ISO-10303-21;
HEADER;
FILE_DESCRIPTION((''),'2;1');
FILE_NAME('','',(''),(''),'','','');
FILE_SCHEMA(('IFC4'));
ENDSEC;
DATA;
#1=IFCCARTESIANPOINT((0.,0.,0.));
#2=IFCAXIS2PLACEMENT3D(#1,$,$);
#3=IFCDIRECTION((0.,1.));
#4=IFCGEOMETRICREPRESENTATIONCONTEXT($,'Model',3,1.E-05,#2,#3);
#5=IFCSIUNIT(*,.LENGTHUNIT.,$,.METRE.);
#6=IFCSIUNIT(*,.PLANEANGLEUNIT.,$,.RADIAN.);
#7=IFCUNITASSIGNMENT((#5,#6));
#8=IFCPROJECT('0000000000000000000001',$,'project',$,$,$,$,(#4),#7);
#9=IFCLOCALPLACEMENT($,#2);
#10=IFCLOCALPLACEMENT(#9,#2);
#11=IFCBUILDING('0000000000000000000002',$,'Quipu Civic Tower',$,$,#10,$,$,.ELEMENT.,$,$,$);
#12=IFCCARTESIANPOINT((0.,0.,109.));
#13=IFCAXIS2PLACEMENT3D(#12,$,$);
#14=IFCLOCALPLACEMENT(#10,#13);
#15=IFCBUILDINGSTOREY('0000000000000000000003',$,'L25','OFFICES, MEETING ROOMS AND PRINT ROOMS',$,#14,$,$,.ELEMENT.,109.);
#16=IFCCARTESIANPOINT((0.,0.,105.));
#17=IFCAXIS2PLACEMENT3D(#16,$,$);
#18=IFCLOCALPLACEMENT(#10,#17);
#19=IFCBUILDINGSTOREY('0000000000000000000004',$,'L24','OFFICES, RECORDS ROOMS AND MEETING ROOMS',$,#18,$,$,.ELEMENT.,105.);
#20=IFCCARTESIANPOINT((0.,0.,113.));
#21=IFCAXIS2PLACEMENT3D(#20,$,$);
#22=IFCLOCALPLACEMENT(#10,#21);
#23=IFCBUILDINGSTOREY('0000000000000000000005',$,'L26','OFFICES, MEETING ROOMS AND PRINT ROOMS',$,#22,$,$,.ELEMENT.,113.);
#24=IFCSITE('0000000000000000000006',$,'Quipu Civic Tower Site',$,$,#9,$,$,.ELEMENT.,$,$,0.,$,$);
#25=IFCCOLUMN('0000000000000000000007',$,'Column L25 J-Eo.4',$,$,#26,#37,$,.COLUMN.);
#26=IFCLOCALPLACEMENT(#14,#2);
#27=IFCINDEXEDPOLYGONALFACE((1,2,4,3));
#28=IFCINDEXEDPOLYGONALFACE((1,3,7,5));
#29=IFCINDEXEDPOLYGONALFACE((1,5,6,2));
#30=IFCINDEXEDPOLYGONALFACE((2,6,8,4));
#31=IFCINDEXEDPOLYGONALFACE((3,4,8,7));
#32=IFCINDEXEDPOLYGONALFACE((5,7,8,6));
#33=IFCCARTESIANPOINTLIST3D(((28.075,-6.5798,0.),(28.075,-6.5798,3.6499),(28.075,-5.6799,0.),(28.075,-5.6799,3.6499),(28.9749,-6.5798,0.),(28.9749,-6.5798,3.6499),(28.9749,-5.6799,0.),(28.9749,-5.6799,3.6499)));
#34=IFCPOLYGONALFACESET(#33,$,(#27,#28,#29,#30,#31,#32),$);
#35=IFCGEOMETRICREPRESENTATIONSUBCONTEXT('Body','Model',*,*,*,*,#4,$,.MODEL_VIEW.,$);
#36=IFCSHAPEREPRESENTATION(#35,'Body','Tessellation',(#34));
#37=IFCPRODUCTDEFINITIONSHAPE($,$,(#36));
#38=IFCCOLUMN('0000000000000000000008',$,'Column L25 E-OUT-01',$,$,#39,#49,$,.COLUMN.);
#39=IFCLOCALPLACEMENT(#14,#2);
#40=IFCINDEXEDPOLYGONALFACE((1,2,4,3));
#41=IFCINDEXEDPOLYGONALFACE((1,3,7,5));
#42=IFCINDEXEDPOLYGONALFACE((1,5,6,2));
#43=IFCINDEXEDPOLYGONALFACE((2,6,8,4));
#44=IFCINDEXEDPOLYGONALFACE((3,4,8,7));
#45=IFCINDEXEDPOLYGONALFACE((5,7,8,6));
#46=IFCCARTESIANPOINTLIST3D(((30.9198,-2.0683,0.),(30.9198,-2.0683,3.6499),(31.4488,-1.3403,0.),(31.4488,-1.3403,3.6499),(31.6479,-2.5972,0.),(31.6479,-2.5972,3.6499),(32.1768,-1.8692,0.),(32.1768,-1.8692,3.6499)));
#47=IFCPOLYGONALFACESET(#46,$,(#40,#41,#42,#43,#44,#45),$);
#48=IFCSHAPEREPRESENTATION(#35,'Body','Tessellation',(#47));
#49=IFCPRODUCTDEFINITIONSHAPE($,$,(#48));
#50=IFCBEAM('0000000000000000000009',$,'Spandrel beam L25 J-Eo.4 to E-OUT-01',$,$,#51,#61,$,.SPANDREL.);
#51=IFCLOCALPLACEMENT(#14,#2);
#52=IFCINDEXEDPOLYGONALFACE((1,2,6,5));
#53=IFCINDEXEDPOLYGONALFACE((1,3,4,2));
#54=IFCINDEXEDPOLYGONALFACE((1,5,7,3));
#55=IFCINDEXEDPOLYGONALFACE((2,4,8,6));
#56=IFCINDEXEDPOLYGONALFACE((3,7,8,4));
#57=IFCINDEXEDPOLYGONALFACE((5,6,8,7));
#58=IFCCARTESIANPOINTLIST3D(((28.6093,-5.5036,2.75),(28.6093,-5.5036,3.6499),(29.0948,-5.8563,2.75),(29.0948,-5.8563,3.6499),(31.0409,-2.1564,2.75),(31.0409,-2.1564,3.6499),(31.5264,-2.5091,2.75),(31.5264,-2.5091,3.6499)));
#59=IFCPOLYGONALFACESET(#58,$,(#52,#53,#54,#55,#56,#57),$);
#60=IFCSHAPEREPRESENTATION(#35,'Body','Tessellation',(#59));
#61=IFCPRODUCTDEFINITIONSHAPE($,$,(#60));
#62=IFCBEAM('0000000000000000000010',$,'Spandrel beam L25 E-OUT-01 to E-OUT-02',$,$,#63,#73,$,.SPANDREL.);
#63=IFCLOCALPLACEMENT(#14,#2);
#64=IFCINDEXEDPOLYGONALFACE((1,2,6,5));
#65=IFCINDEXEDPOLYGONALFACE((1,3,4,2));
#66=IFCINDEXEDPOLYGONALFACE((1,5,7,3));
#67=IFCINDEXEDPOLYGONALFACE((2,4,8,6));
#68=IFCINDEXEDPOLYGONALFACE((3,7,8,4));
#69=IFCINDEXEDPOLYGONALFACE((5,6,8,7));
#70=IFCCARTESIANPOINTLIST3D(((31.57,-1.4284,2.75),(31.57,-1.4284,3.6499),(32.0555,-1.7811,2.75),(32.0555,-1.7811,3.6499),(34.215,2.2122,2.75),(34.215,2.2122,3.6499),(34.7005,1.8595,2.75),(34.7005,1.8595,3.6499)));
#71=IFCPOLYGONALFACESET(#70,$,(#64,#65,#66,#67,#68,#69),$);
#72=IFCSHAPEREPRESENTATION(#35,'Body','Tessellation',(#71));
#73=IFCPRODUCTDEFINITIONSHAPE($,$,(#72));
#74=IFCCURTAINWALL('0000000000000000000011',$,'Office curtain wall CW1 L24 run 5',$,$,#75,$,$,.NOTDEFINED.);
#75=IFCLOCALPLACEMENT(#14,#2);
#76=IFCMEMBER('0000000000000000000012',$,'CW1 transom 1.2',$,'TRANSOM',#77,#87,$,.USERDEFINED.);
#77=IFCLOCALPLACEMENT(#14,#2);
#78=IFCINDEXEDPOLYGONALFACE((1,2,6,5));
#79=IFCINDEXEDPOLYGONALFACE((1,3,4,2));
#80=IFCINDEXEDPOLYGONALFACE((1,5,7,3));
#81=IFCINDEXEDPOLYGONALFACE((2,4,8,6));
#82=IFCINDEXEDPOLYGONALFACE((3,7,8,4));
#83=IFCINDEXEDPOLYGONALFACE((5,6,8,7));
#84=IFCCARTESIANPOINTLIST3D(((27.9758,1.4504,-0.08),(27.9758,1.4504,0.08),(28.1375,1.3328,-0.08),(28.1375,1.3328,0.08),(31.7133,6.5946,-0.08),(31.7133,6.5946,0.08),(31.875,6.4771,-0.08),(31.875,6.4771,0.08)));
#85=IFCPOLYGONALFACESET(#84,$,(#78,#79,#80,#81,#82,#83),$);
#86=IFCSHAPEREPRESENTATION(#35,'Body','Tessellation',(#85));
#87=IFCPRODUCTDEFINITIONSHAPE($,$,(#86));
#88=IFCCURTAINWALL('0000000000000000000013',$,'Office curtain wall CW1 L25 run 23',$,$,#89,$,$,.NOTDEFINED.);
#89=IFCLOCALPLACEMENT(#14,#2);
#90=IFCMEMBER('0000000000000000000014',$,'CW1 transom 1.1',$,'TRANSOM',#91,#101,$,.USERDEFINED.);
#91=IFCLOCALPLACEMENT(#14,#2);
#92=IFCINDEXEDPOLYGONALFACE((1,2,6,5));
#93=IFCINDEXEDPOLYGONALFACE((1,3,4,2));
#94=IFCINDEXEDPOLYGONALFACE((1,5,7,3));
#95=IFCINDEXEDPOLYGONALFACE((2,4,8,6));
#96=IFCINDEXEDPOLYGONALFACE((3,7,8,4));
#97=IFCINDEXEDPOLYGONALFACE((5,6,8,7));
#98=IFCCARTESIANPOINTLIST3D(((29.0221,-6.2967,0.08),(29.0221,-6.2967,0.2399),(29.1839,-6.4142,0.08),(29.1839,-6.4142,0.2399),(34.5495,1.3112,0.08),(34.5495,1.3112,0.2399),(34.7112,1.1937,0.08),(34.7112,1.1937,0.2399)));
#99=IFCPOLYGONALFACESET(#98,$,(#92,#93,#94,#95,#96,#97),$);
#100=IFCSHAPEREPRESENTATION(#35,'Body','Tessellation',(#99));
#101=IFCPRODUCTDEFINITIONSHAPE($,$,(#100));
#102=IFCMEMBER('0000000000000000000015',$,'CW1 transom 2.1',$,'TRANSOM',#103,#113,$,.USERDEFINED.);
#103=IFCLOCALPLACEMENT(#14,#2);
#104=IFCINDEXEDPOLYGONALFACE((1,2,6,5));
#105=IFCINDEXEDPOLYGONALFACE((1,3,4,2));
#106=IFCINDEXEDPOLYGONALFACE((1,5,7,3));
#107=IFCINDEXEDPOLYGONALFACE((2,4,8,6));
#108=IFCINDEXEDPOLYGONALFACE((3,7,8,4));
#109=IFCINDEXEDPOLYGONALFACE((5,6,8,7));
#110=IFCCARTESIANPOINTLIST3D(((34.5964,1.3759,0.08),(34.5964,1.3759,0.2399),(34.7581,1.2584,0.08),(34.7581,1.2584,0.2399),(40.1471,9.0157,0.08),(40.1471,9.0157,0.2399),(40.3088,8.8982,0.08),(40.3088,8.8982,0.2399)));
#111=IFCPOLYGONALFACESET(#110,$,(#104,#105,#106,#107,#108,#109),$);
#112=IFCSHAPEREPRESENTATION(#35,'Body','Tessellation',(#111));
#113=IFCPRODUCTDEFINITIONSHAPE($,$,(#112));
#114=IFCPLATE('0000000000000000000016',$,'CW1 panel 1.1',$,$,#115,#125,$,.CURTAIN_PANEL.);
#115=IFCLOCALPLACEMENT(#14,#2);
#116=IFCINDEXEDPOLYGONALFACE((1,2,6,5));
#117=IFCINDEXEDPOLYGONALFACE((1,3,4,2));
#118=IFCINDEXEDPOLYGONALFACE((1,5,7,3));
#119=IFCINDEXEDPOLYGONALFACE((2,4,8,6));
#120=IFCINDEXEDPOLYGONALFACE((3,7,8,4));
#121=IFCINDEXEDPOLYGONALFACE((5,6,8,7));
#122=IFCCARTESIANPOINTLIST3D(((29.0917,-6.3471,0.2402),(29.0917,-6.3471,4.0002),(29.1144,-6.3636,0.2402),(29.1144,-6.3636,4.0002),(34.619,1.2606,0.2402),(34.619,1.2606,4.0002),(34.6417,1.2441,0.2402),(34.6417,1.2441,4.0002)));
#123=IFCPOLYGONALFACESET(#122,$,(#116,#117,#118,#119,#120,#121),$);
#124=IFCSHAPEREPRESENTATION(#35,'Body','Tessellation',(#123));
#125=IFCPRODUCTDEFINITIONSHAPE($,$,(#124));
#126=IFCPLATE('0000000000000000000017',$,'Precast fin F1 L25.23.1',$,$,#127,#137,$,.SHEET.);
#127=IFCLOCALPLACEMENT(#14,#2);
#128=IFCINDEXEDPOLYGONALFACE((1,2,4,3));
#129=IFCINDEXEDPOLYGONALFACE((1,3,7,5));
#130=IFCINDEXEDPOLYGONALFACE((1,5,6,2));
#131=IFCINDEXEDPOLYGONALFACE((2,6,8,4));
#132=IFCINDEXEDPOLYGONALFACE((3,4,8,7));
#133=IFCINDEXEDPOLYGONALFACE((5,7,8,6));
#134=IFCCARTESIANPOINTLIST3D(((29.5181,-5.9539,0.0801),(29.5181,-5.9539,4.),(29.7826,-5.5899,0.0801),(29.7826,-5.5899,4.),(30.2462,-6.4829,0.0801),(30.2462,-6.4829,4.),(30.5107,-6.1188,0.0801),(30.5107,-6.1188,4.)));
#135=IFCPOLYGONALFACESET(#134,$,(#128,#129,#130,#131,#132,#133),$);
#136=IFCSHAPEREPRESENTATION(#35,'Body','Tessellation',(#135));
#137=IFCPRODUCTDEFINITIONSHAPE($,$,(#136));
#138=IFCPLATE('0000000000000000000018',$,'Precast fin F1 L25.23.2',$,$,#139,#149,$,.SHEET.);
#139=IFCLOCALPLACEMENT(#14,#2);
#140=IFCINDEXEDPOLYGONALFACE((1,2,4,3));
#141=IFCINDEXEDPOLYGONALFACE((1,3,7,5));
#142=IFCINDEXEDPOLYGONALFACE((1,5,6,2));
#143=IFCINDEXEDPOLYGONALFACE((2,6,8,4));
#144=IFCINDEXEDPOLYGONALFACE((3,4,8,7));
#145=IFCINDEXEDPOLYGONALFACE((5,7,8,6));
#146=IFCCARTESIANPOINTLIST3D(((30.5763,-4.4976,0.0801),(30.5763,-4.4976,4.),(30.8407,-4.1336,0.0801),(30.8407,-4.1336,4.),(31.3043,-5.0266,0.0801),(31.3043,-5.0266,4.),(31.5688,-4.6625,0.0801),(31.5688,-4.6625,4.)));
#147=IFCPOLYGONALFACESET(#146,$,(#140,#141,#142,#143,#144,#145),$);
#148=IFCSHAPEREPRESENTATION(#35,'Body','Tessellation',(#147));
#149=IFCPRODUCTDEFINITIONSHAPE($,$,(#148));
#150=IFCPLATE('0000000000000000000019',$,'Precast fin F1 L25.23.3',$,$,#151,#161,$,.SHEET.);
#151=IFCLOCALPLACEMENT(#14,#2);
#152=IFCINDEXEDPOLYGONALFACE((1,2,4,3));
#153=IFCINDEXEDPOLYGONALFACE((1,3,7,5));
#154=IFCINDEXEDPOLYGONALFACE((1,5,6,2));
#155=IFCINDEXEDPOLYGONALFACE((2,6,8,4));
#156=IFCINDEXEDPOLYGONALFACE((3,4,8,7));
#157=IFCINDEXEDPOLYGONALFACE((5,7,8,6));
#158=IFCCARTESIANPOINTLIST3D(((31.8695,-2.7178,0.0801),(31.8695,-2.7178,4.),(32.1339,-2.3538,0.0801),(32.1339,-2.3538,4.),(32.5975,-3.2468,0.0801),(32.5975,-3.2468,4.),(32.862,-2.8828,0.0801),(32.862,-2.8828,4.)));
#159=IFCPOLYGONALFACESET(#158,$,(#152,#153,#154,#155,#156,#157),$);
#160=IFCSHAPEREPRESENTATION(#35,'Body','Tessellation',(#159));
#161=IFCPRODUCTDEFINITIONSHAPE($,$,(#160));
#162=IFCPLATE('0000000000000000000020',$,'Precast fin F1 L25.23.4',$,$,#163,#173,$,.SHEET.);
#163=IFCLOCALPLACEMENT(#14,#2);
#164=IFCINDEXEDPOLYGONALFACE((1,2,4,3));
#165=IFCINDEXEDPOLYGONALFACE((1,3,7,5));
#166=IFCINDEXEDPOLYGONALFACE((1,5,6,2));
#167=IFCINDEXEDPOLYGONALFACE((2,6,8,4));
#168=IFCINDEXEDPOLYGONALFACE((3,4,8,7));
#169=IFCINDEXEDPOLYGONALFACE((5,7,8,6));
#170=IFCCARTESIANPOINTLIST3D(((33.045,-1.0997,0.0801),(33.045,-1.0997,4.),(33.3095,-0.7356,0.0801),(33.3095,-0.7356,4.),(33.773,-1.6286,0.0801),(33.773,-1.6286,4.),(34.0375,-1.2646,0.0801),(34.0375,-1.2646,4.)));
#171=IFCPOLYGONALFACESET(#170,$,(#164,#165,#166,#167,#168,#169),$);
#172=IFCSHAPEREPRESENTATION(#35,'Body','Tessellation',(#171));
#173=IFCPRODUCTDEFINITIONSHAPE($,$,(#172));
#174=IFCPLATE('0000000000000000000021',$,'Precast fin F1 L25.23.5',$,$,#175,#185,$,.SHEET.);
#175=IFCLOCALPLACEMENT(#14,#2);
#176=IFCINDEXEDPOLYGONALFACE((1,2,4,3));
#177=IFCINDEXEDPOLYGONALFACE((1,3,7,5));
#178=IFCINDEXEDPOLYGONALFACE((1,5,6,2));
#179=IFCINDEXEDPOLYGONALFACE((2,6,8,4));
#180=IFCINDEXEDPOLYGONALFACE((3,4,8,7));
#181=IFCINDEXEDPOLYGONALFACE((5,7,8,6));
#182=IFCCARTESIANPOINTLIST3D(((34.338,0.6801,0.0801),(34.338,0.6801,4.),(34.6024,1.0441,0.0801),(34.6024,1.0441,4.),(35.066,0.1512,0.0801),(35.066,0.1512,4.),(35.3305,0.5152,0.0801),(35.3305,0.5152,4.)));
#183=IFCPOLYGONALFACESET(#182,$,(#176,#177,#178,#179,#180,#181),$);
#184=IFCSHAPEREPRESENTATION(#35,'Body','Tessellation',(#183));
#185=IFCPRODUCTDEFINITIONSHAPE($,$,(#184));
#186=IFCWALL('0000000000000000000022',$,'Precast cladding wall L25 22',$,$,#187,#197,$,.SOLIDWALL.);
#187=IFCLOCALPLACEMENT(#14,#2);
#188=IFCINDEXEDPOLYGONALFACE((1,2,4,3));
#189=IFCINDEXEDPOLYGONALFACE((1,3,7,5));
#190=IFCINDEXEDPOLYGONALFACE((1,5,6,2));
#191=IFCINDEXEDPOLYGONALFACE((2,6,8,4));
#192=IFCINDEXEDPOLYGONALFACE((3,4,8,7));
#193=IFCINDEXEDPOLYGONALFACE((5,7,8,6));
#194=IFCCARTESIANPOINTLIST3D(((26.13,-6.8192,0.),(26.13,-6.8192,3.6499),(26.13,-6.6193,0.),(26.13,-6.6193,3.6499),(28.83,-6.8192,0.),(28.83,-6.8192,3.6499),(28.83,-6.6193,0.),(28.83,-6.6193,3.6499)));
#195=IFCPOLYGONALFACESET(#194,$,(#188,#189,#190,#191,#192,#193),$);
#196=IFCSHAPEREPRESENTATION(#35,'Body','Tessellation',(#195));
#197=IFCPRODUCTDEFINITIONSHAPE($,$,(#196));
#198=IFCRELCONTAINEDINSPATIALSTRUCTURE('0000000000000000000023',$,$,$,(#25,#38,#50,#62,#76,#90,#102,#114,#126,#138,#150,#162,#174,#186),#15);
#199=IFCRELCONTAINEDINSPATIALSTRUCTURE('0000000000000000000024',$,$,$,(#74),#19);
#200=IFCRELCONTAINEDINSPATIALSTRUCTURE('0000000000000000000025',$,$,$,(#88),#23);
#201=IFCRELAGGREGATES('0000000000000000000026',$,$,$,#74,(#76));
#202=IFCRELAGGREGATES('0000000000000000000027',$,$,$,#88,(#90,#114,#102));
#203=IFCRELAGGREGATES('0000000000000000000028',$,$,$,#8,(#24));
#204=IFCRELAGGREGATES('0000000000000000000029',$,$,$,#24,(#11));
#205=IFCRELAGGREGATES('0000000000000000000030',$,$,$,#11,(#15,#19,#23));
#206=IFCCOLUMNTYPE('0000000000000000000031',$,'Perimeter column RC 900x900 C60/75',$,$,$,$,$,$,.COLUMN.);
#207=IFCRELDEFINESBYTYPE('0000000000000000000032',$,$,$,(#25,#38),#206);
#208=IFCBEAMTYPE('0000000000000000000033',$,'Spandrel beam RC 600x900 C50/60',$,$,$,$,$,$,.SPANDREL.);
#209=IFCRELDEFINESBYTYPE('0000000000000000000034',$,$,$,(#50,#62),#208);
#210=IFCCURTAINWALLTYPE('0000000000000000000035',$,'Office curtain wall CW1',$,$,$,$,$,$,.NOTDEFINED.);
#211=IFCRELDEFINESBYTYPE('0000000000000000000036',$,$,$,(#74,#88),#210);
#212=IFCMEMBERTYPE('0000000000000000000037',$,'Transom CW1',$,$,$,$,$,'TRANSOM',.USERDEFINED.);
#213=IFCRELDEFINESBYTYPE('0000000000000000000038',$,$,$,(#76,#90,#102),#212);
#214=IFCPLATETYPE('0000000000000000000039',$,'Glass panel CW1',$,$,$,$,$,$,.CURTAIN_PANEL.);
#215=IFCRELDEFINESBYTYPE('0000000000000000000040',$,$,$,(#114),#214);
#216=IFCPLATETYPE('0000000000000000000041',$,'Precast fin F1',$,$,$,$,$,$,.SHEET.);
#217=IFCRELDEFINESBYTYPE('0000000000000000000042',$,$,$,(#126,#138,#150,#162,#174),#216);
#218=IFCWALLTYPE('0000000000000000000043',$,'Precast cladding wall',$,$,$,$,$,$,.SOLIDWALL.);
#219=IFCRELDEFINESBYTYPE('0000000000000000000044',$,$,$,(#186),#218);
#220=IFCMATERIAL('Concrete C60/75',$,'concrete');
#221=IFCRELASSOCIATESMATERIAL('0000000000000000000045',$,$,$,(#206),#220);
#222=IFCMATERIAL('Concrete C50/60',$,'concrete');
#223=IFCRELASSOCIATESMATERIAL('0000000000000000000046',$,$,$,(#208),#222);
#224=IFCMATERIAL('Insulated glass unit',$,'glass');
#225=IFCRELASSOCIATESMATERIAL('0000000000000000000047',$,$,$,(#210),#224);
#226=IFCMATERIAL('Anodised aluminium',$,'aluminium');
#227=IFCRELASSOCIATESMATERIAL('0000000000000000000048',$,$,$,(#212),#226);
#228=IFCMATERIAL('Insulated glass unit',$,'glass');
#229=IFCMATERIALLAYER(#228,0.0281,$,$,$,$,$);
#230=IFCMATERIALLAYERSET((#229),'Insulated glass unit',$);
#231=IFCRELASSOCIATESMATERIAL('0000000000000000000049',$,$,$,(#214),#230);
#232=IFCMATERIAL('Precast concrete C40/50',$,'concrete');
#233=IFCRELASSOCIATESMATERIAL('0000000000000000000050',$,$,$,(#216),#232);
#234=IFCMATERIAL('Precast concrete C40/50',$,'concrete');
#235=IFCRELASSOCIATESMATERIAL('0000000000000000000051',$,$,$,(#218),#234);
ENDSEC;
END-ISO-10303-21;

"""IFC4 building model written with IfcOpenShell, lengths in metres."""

from ifc_helpers import new_model, si_unit, direction, frame, frame_2d, origin, origin_2d, place, context, subcontext, project, spatial, rectangle, extrude, material, layer, layer_set, material_profile, profile_set, type_object, element, aggregate, save


model = new_model("IFC4")

# Units and contexts
model_context = context("Model", 3, precision=1e-05, world=origin(), true_north=direction((0.0, 1.0)))
body_context = subcontext(model_context, "Body", "Model", "MODEL_VIEW")
ifc_project = project(units=[si_unit("LENGTHUNIT", "METRE"), si_unit("PLANEANGLEUNIT", "RADIAN")], contexts=[model_context])

# Site, building, storey
site_placement = place(None, origin())
site = spatial("IfcSite", under=ifc_project, at=site_placement, Name="Quipu Civic Tower Site", CompositionType="ELEMENT", RefElevation=0.0)
building_placement = place(site_placement, origin())
building = spatial("IfcBuilding", under=site, at=building_placement, Name="Quipu Civic Tower", CompositionType="ELEMENT")
storey_1_placement = place(building_placement, frame((0.0, 0.0, 109.0)))
storey_1 = spatial("IfcBuildingStorey", under=building, at=storey_1_placement, Name="L25", Description="OFFICES, MEETING ROOMS AND PRINT ROOMS", CompositionType="ELEMENT", Elevation=109.0)

# Columns
ifc_material_1 = material(Name="Concrete C60/75", Category="concrete")
ifc_material_profile_1 = material_profile(ifc_material_1, rectangle(XDim=0.8999, YDim=0.8999, at=origin_2d()), Name="RC900x900")
ifc_profile_set_1 = profile_set([ifc_material_profile_1], Name="Concrete C60/75")
column_type = type_object("IfcColumnType", Name="Perimeter column RC 900x900 C60/75", PredefinedType="COLUMN", material=ifc_profile_set_1)
for number, where, z_axis, x_axis, name in (
    (1, (28.5249, -6.1299, 0.0), (0.0, 0.0, 1.0), (1.0, 0.0, 0.0), "Column L25 J-Eo.4"),
    (2, (31.5483, -1.9688, 0.0), (0.0, 0.0, 1.0), (0.587785, 0.809017, 0.0), "Column L25 E-OUT-01"),
):
    element("IfcColumn", number, at=place(storey_1_placement, frame(where, z_axis=z_axis, x_axis=x_axis)), inside=storey_1, type_object=column_type, Name=name, PredefinedType="COLUMN", context=body_context, shape_type="SweptSolid", body=[
        extrude(rectangle(XDim=0.8999, YDim=0.8999, at=origin_2d()), origin(), (0.0, 0.0, 1.0), 3.6499),
    ])

# Beams
ifc_material_2 = material(Name="Concrete C50/60", Category="concrete")
ifc_material_profile_2 = material_profile(ifc_material_2, rectangle(XDim=0.6001, YDim=0.8999, at=origin_2d()), Name="RC600x900")
ifc_profile_set_2 = profile_set([ifc_material_profile_2], Name="Concrete C50/60")
beam_type = type_object("IfcBeamType", Name="Spandrel beam RC 600x900 C50/60", PredefinedType="SPANDREL", material=ifc_profile_set_2)
beam_1_placement = place(storey_1_placement, frame((28.8521, -5.6799, 3.2), z_axis=(0.587751, 0.809042, 0.0), x_axis=(-0.809042, 0.587751, 0.0)))
element("IfcBeam", 3, at=beam_1_placement, inside=storey_1, type_object=beam_type, Name="Spandrel beam L25 J-Eo.4 to E-OUT-01", PredefinedType="SPANDREL", context=body_context, shape_type="SweptSolid", body=[
    extrude(rectangle(XDim=0.6001, YDim=0.8999, at=origin_2d()), origin(), (0.0, 0.0, 1.0), 4.1372),
])
beam_2_placement = place(storey_1_placement, frame((31.8127, -1.6047, 3.2), z_axis=(0.587778, 0.809022, 0.0), x_axis=(-0.809022, 0.587778, 0.0)))
element("IfcBeam", 4, at=beam_2_placement, inside=storey_1, type_object=beam_type, Name="Spandrel beam L25 E-OUT-01 to E-OUT-02", PredefinedType="SPANDREL", context=body_context, shape_type="SweptSolid", body=[
    extrude(rectangle(XDim=0.6001, YDim=0.8999, at=origin_2d()), origin(), (0.0, 0.0, 1.0), 4.5),
])

# Shared definitions
storey_2_placement = place(building_placement, frame((0.0, 0.0, 105.0)))
storey_2 = spatial("IfcBuildingStorey", under=building, at=storey_2_placement, Name="L24", Description="OFFICES, RECORDS ROOMS AND MEETING ROOMS", CompositionType="ELEMENT", Elevation=105.0)

# Curtain wall, member
ifc_material_3 = material(Name="Insulated glass unit", Category="glass")
curtain_wall_type = type_object("IfcCurtainWallType", Name="Office curtain wall CW1", PredefinedType="NOTDEFINED", material=ifc_material_3)
curtain_wall_1_placement = place(storey_2_placement, origin())
curtain_wall_1 = element("IfcCurtainWall", 5, at=curtain_wall_1_placement, inside=storey_2, type_object=curtain_wall_type, Name="Office curtain wall CW1 L24 run 5", PredefinedType="NOTDEFINED")
ifc_material_4 = material(Name="Anodised aluminium", Category="aluminium")
ifc_material_profile_3 = material_profile(ifc_material_4, rectangle(XDim=0.2, YDim=0.1599, at=origin_2d()), Name="RECT 200x160")
ifc_profile_set_3 = profile_set([ifc_material_profile_3], Name="Anodised aluminium")
member_type = type_object("IfcMemberType", Name="Transom CW1", ElementType="TRANSOM", PredefinedType="USERDEFINED", material=ifc_profile_set_3)
member_1_placement = place(storey_1_placement, frame((28.0566, 1.3916, 0.0), z_axis=(0.587786, 0.809017, 0.0), x_axis=(-0.809017, 0.587786, 0.0)))
member_1 = element("IfcMember", 6, at=member_1_placement, inside=storey_1, type_object=member_type, Name="CW1 transom 1.2", ObjectType="TRANSOM", PredefinedType="USERDEFINED", context=body_context, shape_type="SweptSolid", body=[
    extrude(rectangle(XDim=0.2, YDim=0.1599, at=origin_2d()), origin(), (0.0, 0.0, 1.0), 6.3586),
])
aggregate(curtain_wall_1, [member_1])

# Shared definitions
storey_3_placement = place(building_placement, frame((0.0, 0.0, 113.0)))
storey_3 = spatial("IfcBuildingStorey", under=building, at=storey_3_placement, Name="L26", Description="OFFICES, MEETING ROOMS AND PRINT ROOMS", CompositionType="ELEMENT", Elevation=113.0)

# Curtain wall, members, plate
curtain_wall_2_placement = place(storey_3_placement, origin())
curtain_wall_2 = element("IfcCurtainWall", 7, at=curtain_wall_2_placement, inside=storey_3, type_object=curtain_wall_type, Name="Office curtain wall CW1 L25 run 23", PredefinedType="NOTDEFINED")
member_2_placement = place(storey_1_placement, frame((29.103, -6.3555, 0.1599), z_axis=(0.587776, 0.809023, 0.0), x_axis=(-0.809023, 0.587776, 0.0)))
member_2 = element("IfcMember", 8, at=member_2_placement, inside=storey_1, type_object=member_type, Name="CW1 transom 1.1", ObjectType="TRANSOM", PredefinedType="USERDEFINED", context=body_context, shape_type="SweptSolid", body=[
    extrude(rectangle(XDim=0.2, YDim=0.1599, at=origin_2d()), origin(), (0.0, 0.0, 1.0), 9.4038),
])
member_3_placement = place(storey_1_placement, frame((34.6772, 1.3171, 0.1599), z_axis=(0.58779, 0.809013, 0.0), x_axis=(-0.809013, 0.58779, 0.0)))
member_3 = element("IfcMember", 9, at=member_3_placement, inside=storey_1, type_object=member_type, Name="CW1 transom 2.1", ObjectType="TRANSOM", PredefinedType="USERDEFINED", context=body_context, shape_type="SweptSolid", body=[
    extrude(rectangle(XDim=0.2, YDim=0.1599, at=origin_2d()), origin(), (0.0, 0.0, 1.0), 9.4434),
])
ifc_material_5 = material(Name="Insulated glass unit", Category="glass")
ifc_layer = layer(ifc_material_5, 0.0281)
ifc_layer_set = layer_set([ifc_layer], Name="Insulated glass unit")
plate_type_1 = type_object("IfcPlateType", Name="Glass panel CW1", PredefinedType="CURTAIN_PANEL", material=ifc_layer_set)
plate_placement = place(storey_1_placement, frame((31.8667, -2.5515, 0.2402), z_axis=(0.0, 0.0, 1.0), x_axis=(0.587785, 0.809017, 0.0)))
plate = element("IfcPlate", 10, at=plate_placement, inside=storey_1, type_object=plate_type_1, Name="CW1 panel 1.1", PredefinedType="CURTAIN_PANEL", context=body_context, shape_type="SweptSolid", body=[
    extrude(rectangle(XDim=9.4036, YDim=0.0281, at=origin_2d()), origin(), (0.0, 0.0, 1.0), 3.76),
])
aggregate(curtain_wall_2, [member_2, plate, member_3])

# Plates
ifc_material_6 = material(Name="Precast concrete C40/50", Category="concrete")
plate_type_2 = type_object("IfcPlateType", Name="Precast fin F1", PredefinedType="SHEET", material=ifc_material_6)
for number, where, z_axis, x_axis, name in (
    (11, (30.0144, -6.0364, 0.0801), (0.0, 0.0, 1.0), (0.587786, 0.809017, 0.0), "Precast fin F1 L25.23.1"),
    (12, (31.0725, -4.5801, 0.0801), (0.0, 0.0, 1.0), (0.587786, 0.809017, 0.0), "Precast fin F1 L25.23.2"),
    (13, (32.3657, -2.8003, 0.0801), (0.0, 0.0, 1.0), (0.587786, 0.809017, 0.0), "Precast fin F1 L25.23.3"),
    (14, (33.5413, -1.1821, 0.0801), (0.0, 0.0, 1.0), (0.587786, 0.809017, 0.0), "Precast fin F1 L25.23.4"),
    (15, (34.8342, 0.5977, 0.0801), (0.0, 0.0, 1.0), (0.587786, 0.809017, 0.0), "Precast fin F1 L25.23.5"),
):
    element("IfcPlate", number, at=place(storey_1_placement, frame(where, z_axis=z_axis, x_axis=x_axis)), inside=storey_1, type_object=plate_type_2, Name=name, PredefinedType="SHEET", context=body_context, shape_type="SweptSolid", body=[
        extrude(rectangle(XDim=0.45, YDim=0.8999, at=origin_2d()), origin(), (0.0, 0.0, 1.0), 3.9199),
    ])

# Wall
ifc_material_7 = material(Name="Precast concrete C40/50", Category="concrete")
wall_type = type_object("IfcWallType", Name="Precast cladding wall", PredefinedType="SOLIDWALL", material=ifc_material_7)
wall_placement = place(storey_1_placement, frame((26.1299, -6.7192, 0.0), z_axis=(0.0, 0.0, 1.0), x_axis=(1.0, 0.0, 0.0)))
element("IfcWall", 16, at=wall_placement, inside=storey_1, type_object=wall_type, Name="Precast cladding wall L25 22", PredefinedType="SOLIDWALL", context=body_context, shape_type="SweptSolid", body=[
    extrude(rectangle(XDim=2.7, YDim=0.2, at=frame_2d((1.3501, 0.0))), origin(), (0.0, 0.0, 1.0), 3.6499),
])

save(model, "model.ifc")
